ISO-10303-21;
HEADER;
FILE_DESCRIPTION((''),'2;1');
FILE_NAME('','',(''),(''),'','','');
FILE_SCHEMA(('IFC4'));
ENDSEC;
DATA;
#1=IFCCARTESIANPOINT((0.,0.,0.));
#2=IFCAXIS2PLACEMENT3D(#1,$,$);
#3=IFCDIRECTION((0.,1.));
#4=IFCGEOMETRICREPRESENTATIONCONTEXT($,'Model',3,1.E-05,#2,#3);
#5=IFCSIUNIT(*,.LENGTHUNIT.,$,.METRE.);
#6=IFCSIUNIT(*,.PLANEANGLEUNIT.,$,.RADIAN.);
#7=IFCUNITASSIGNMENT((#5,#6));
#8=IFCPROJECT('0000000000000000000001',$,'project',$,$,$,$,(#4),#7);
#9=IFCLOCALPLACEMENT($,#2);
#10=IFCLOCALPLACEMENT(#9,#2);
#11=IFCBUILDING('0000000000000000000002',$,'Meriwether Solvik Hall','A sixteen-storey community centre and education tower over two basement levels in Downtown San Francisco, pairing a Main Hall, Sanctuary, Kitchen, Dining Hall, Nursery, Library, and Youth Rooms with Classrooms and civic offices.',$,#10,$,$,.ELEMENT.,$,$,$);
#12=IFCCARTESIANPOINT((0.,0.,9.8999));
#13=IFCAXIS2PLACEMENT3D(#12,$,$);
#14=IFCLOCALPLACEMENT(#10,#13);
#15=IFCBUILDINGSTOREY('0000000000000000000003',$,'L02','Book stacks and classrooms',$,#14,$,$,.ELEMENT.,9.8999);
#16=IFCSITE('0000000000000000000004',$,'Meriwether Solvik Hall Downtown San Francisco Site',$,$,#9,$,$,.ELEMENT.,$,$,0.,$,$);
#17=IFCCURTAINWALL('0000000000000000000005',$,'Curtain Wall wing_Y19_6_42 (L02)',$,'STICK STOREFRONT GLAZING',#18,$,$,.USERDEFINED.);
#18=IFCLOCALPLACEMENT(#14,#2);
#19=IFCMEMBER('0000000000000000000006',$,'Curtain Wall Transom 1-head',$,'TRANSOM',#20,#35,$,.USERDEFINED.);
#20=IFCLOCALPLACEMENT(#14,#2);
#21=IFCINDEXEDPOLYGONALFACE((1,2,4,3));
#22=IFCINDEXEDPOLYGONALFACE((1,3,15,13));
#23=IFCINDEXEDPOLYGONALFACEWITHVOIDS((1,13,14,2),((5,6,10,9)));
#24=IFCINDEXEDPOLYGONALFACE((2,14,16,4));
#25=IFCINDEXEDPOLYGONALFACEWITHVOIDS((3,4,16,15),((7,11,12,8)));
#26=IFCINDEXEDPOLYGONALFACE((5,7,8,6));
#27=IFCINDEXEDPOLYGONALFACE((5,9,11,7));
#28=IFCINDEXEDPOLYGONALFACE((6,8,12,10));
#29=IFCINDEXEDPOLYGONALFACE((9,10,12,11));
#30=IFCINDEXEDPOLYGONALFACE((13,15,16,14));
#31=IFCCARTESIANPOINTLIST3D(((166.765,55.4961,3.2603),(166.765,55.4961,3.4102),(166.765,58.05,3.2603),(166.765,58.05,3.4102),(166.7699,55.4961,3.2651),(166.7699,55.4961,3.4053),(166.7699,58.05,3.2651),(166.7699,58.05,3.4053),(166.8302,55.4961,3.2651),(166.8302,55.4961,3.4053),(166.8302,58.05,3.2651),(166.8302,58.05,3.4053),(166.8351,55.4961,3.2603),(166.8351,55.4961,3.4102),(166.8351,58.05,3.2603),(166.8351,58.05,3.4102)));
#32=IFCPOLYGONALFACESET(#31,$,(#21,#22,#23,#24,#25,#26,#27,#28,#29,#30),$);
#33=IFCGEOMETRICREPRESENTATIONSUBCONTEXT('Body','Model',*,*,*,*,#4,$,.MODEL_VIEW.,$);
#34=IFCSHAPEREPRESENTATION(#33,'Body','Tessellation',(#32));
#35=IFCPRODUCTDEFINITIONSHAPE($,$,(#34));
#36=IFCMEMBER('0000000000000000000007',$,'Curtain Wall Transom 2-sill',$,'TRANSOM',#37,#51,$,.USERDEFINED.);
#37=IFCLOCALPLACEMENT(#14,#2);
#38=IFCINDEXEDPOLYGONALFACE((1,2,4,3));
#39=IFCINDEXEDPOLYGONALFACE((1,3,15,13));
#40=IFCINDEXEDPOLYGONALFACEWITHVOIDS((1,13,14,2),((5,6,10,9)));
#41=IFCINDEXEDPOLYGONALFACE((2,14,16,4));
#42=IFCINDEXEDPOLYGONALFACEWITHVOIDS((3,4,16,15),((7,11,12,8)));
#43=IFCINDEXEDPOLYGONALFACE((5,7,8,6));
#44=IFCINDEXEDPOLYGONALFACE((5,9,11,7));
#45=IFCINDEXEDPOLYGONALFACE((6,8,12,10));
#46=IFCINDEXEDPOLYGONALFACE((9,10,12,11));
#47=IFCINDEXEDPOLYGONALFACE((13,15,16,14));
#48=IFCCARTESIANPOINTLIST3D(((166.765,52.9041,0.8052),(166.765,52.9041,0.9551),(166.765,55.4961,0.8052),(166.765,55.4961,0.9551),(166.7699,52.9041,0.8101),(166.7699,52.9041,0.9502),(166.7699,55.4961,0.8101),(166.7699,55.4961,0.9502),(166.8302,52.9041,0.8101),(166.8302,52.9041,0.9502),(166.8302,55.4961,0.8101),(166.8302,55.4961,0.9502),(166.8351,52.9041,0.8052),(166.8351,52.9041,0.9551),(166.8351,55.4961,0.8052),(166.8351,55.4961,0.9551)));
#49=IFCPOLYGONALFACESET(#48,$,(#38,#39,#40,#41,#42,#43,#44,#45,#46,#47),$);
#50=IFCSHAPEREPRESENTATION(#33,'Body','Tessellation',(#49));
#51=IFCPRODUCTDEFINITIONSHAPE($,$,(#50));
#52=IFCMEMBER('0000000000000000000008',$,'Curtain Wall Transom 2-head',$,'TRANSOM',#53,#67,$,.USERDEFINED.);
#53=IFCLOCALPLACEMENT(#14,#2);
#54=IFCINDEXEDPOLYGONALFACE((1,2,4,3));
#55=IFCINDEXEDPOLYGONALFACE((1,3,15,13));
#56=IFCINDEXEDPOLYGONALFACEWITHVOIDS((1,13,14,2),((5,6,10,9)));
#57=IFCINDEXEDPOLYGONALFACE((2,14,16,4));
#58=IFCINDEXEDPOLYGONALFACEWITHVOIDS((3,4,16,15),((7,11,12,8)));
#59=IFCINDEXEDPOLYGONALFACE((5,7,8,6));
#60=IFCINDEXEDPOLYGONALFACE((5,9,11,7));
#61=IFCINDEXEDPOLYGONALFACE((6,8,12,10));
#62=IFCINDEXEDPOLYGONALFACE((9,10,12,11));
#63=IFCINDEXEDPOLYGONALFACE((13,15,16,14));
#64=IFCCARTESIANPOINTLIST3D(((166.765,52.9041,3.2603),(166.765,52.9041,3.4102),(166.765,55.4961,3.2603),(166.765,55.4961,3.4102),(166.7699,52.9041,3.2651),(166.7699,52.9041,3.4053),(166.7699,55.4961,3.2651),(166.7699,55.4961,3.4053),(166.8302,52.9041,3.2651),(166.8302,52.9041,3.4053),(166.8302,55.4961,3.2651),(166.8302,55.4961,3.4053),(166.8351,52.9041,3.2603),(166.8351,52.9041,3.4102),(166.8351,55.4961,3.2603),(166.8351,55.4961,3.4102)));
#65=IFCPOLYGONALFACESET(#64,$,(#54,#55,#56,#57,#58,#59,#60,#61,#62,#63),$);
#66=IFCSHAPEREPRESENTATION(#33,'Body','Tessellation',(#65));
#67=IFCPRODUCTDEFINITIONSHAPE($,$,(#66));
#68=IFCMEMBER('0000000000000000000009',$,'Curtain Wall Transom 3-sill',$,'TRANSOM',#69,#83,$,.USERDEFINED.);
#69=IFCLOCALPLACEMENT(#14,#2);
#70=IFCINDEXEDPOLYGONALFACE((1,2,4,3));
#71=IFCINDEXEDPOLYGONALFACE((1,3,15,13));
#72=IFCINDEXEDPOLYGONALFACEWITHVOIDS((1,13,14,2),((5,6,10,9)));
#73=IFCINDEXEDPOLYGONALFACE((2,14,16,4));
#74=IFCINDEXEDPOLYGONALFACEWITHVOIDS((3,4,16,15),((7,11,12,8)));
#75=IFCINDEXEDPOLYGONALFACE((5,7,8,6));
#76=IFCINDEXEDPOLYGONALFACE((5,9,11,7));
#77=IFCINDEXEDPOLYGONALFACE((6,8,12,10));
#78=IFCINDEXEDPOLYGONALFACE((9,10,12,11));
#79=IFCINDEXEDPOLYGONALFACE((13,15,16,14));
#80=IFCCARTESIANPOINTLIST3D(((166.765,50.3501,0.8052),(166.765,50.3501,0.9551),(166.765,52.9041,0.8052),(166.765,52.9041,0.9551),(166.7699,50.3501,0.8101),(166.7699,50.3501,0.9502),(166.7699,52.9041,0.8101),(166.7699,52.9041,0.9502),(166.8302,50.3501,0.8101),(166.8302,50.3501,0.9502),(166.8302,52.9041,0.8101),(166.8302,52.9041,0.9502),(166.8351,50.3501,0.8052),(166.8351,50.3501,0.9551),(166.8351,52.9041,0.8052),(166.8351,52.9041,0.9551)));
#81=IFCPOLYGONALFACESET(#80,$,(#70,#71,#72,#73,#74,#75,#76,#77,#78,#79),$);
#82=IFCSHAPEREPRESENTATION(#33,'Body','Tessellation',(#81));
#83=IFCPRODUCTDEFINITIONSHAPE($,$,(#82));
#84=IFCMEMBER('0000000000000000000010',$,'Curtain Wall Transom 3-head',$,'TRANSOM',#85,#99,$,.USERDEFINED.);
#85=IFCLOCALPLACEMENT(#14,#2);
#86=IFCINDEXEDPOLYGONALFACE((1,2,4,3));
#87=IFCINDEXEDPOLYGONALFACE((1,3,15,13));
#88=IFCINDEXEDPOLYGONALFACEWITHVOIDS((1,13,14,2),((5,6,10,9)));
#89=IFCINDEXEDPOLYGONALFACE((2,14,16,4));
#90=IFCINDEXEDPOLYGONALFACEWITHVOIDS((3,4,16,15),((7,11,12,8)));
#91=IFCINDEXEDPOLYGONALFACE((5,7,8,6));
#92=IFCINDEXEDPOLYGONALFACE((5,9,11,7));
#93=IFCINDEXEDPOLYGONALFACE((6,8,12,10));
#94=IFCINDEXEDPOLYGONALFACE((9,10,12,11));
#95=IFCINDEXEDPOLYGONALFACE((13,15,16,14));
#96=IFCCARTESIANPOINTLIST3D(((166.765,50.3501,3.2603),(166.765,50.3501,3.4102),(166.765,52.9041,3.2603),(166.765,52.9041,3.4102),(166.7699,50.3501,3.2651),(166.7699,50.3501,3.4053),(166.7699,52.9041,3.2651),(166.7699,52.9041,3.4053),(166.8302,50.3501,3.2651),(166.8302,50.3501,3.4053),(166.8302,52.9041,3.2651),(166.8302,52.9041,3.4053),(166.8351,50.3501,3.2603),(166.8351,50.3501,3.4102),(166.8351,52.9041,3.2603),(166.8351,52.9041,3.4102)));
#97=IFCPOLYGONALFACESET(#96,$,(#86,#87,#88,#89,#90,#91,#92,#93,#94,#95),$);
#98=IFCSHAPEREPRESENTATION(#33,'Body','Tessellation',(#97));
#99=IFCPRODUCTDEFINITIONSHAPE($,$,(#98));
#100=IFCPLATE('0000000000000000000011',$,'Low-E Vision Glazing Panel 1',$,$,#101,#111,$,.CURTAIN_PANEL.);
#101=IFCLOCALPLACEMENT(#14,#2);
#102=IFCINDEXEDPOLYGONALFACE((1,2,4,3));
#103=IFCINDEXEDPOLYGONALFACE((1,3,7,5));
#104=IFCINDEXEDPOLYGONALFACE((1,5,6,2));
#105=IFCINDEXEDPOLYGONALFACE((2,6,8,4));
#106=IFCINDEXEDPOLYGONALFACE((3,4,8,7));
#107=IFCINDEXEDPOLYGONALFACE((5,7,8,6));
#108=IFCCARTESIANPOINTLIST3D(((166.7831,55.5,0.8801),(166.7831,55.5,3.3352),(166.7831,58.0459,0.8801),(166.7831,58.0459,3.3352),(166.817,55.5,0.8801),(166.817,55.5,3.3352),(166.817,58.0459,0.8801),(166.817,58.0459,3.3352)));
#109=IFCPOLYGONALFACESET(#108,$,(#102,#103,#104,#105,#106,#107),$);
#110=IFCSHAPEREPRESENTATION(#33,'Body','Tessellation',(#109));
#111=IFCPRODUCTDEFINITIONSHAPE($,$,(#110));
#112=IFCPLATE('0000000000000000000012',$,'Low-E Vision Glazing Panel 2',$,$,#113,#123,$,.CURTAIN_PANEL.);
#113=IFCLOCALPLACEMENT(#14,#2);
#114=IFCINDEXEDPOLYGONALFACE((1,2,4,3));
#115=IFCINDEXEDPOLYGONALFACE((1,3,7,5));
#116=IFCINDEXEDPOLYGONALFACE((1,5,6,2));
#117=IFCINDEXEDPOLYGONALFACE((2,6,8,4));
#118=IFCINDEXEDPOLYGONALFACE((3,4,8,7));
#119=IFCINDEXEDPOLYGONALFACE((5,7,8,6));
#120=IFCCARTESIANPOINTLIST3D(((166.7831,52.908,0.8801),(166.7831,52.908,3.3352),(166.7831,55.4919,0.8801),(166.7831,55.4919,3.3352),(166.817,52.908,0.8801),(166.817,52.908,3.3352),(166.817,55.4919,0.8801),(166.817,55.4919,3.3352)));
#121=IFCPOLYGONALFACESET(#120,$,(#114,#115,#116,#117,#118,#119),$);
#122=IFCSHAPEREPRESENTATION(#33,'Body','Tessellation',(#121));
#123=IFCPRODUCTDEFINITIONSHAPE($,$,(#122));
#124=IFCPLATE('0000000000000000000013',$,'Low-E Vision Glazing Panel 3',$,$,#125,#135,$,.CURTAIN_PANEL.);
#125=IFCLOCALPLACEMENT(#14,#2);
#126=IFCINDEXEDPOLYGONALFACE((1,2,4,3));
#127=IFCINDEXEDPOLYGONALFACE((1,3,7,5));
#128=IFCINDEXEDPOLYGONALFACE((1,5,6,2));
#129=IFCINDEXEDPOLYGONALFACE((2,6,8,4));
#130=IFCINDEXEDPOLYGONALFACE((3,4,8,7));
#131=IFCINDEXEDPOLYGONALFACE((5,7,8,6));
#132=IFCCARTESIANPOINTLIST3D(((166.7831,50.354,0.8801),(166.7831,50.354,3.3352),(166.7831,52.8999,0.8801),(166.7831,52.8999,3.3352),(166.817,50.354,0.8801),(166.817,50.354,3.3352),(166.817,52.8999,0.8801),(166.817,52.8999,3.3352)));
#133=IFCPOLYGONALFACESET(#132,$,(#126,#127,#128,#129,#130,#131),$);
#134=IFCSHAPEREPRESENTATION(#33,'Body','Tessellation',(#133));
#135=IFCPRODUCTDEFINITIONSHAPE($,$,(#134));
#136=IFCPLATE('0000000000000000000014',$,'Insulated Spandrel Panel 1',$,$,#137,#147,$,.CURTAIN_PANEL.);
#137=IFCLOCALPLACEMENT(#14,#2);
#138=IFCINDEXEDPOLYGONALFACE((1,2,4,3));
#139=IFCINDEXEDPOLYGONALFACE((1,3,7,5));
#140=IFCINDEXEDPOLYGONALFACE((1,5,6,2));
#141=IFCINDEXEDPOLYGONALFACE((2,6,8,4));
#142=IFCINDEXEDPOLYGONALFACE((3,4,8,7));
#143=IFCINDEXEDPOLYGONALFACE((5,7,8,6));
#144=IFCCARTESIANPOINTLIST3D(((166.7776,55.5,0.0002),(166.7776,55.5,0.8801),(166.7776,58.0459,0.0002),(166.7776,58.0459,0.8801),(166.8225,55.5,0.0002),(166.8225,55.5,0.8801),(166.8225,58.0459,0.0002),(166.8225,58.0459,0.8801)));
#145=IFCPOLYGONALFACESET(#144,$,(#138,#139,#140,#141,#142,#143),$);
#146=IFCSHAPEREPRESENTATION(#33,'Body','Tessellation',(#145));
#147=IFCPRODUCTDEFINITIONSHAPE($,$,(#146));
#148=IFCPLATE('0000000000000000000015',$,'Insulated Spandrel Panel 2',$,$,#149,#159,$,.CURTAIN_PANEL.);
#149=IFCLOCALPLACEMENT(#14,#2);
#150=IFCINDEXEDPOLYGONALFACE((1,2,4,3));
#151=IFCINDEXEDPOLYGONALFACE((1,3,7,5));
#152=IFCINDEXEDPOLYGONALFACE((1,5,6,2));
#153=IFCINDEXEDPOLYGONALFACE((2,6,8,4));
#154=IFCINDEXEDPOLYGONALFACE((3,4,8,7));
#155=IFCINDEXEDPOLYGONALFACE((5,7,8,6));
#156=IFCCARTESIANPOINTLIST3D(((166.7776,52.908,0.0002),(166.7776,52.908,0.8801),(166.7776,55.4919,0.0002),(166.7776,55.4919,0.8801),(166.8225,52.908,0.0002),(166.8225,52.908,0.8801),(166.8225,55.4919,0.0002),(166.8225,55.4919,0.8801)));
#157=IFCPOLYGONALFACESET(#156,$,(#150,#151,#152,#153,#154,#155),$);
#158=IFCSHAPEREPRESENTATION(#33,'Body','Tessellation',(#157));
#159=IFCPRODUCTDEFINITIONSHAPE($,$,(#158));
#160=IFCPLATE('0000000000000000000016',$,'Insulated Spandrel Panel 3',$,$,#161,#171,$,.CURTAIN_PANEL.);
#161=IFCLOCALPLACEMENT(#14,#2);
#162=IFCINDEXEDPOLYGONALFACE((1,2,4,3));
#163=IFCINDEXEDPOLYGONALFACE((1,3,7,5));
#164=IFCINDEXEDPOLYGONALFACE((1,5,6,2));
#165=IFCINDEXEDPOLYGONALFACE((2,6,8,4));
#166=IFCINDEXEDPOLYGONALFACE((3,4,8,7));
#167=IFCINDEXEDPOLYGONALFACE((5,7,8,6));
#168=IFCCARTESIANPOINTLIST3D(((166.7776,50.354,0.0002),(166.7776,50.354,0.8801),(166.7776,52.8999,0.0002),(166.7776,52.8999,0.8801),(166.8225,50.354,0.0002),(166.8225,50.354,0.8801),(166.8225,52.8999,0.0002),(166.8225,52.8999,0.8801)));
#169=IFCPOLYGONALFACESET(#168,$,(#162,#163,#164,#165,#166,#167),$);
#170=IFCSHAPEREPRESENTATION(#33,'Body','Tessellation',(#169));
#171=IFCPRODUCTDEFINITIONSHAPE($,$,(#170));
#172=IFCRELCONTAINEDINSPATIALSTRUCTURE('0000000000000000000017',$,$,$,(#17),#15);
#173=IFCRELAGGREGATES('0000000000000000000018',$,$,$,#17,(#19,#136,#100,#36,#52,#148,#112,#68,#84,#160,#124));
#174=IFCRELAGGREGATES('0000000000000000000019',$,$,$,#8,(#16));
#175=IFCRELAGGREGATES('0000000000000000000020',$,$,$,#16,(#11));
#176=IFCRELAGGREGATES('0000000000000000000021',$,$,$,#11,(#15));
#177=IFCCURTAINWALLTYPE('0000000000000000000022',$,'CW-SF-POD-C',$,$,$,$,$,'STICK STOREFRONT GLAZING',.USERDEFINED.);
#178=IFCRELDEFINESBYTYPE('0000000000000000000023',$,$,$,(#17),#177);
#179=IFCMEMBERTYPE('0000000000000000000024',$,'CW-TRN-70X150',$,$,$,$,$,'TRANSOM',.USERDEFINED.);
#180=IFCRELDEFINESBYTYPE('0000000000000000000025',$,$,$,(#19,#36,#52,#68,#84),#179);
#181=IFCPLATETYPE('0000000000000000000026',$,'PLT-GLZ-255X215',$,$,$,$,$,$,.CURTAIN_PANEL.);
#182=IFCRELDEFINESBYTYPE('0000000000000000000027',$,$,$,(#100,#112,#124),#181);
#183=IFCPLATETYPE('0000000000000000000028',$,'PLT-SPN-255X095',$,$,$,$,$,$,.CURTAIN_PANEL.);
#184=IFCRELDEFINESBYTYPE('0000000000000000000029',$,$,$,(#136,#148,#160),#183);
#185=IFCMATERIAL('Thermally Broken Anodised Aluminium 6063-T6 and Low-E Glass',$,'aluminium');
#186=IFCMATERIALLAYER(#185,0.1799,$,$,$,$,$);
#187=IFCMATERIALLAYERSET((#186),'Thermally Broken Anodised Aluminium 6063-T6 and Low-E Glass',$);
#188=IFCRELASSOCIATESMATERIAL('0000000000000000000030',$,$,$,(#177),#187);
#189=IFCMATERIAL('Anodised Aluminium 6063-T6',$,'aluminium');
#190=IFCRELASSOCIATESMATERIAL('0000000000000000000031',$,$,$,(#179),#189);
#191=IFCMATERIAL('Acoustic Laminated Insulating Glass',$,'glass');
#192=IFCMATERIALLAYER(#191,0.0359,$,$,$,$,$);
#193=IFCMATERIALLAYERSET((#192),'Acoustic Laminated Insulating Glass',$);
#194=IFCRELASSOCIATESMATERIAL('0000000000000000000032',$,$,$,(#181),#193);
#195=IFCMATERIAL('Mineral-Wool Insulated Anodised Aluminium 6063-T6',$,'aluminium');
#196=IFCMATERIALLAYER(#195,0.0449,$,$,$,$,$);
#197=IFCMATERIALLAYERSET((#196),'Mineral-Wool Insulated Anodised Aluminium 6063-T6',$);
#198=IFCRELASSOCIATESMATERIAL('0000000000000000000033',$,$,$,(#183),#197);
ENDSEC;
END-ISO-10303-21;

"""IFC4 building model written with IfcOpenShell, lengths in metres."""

from ifc_helpers import new_model, si_unit, direction, frame, origin, origin_2d, place, context, subcontext, project, spatial, rectangle, hollow_rectangle, extrude, material, layer, layer_set, material_profile, profile_set, type_object, element, aggregate, save


model = new_model("IFC4")

# Units and contexts
model_context = context("Model", 3, precision=1e-05, world=origin(), true_north=direction((0.0, 1.0)))
body_context = subcontext(model_context, "Body", "Model", "MODEL_VIEW")
ifc_project = project(units=[si_unit("LENGTHUNIT", "METRE"), si_unit("PLANEANGLEUNIT", "RADIAN")], contexts=[model_context])

# Site, building, storey
site_placement = place(None, origin())
site = spatial("IfcSite", under=ifc_project, at=site_placement, Name="Meriwether Solvik Hall Downtown San Francisco Site", CompositionType="ELEMENT", RefElevation=0.0)
building_placement = place(site_placement, origin())
building = spatial("IfcBuilding", under=site, at=building_placement, Name="Meriwether Solvik Hall", Description="A sixteen-storey community centre and education tower over two basement levels in Downtown San Francisco, pairing a Main Hall, Sanctuary, Kitchen, Dining Hall, Nursery, Library, and Youth Rooms with Classrooms and civic offices.", CompositionType="ELEMENT")
storey_placement = place(building_placement, frame((0.0, 0.0, 9.8999)))
storey = spatial("IfcBuildingStorey", under=building, at=storey_placement, Name="L02", Description="Book stacks and classrooms", CompositionType="ELEMENT", Elevation=9.8999)

# Curtain wall, members, plates
ifc_material_1 = material(Name="Thermally Broken Anodised Aluminium 6063-T6 and Low-E Glass", Category="aluminium")
ifc_layer_1 = layer(ifc_material_1, 0.1799)
ifc_layer_set_1 = layer_set([ifc_layer_1], Name="Thermally Broken Anodised Aluminium 6063-T6 and Low-E Glass")
curtain_wall_type = type_object("IfcCurtainWallType", Name="CW-SF-POD-C", ElementType="STICK STOREFRONT GLAZING", PredefinedType="USERDEFINED", material=ifc_layer_set_1)
curtain_wall_placement = place(storey_placement, origin())
curtain_wall = element("IfcCurtainWall", 1, at=curtain_wall_placement, inside=storey, type_object=curtain_wall_type, Name="Curtain Wall wing_Y19_6_42 (L02)", ObjectType="STICK STOREFRONT GLAZING", PredefinedType="USERDEFINED")
ifc_material_2 = material(Name="Anodised Aluminium 6063-T6", Category="aluminium")
ifc_material_profile_1 = material_profile(ifc_material_2, hollow_rectangle(XDim=0.0701, YDim=0.1499, WallThickness=0.0049, at=origin_2d()), Name="CWT-70X150")
ifc_profile_set_1 = profile_set([ifc_material_profile_1], Name="Anodised Aluminium 6063-T6")
member_type_1 = type_object("IfcMemberType", Name="CW-TRN-70X150", ElementType="TRANSOM", PredefinedType="USERDEFINED", material=ifc_profile_set_1)
member_1_placement = place(storey_placement, frame((166.8, 58.05, 3.3352), z_axis=(0.0, -1.0, 0.0), x_axis=(1.0, 0.0, 0.0)))
member_1 = element("IfcMember", 2, at=member_1_placement, type_object=member_type_1, Name="Curtain Wall Transom 1-head", ObjectType="TRANSOM", PredefinedType="USERDEFINED", context=body_context, shape_type="SweptSolid", body=[
    extrude(hollow_rectangle(XDim=0.0701, YDim=0.1499, WallThickness=0.0049, at=origin_2d()), origin(), (0.0, 0.0, 1.0), 2.554),
])
member_2_placement = place(storey_placement, frame((166.8, 55.4961, 0.8801), z_axis=(0.0, -1.0, 0.0), x_axis=(1.0, 0.0, 0.0)))
member_2 = element("IfcMember", 3, at=member_2_placement, type_object=member_type_1, Name="Curtain Wall Transom 2-sill", ObjectType="TRANSOM", PredefinedType="USERDEFINED", context=body_context, shape_type="SweptSolid", body=[
    extrude(hollow_rectangle(XDim=0.0701, YDim=0.1499, WallThickness=0.0049, at=origin_2d()), origin(), (0.0, 0.0, 1.0), 2.592),
])
member_3_placement = place(storey_placement, frame((166.8, 55.4961, 3.3352), z_axis=(0.0, -1.0, 0.0), x_axis=(1.0, 0.0, 0.0)))
member_3 = element("IfcMember", 4, at=member_3_placement, type_object=member_type_1, Name="Curtain Wall Transom 2-head", ObjectType="TRANSOM", PredefinedType="USERDEFINED", context=body_context, shape_type="SweptSolid", body=[
    extrude(hollow_rectangle(XDim=0.0701, YDim=0.1499, WallThickness=0.0049, at=origin_2d()), origin(), (0.0, 0.0, 1.0), 2.592),
])
member_4_placement = place(storey_placement, frame((166.8, 52.9041, 0.8801), z_axis=(0.0, -1.0, 0.0), x_axis=(1.0, 0.0, 0.0)))
member_4 = element("IfcMember", 5, at=member_4_placement, type_object=member_type_1, Name="Curtain Wall Transom 3-sill", ObjectType="TRANSOM", PredefinedType="USERDEFINED", context=body_context, shape_type="SweptSolid", body=[
    extrude(hollow_rectangle(XDim=0.0701, YDim=0.1499, WallThickness=0.0049, at=origin_2d()), origin(), (0.0, 0.0, 1.0), 2.554),
])
member_5_placement = place(storey_placement, frame((166.8, 52.9041, 3.3352), z_axis=(0.0, -1.0, 0.0), x_axis=(1.0, 0.0, 0.0)))
member_5 = element("IfcMember", 6, at=member_5_placement, type_object=member_type_1, Name="Curtain Wall Transom 3-head", ObjectType="TRANSOM", PredefinedType="USERDEFINED", context=body_context, shape_type="SweptSolid", body=[
    extrude(hollow_rectangle(XDim=0.0701, YDim=0.1499, WallThickness=0.0049, at=origin_2d()), origin(), (0.0, 0.0, 1.0), 2.554),
])
ifc_material_3 = material(Name="Acoustic Laminated Insulating Glass", Category="glass")
ifc_layer_2 = layer(ifc_material_3, 0.0359)
ifc_layer_set_2 = layer_set([ifc_layer_2], Name="Acoustic Laminated Insulating Glass")
plate_type_1 = type_object("IfcPlateType", Name="PLT-GLZ-255X215", PredefinedType="CURTAIN_PANEL", material=ifc_layer_set_2)
plate_1_placement = place(storey_placement, frame((166.8, 56.7729, 0.8801), z_axis=(0.0, 0.0, 1.0), x_axis=(0.0, -1.0, 0.0)))
plate_1 = element("IfcPlate", 7, at=plate_1_placement, type_object=plate_type_1, Name="Low-E Vision Glazing Panel 1", PredefinedType="CURTAIN_PANEL", context=body_context, shape_type="SweptSolid", body=[
    extrude(rectangle(XDim=2.5459, YDim=0.0339, at=origin_2d()), origin(), (0.0, 0.0, 1.0), 2.4551),
])
plate_2_placement = place(storey_placement, frame((166.8, 54.2, 0.8801), z_axis=(0.0, 0.0, 1.0), x_axis=(0.0, -1.0, 0.0)))
plate_2 = element("IfcPlate", 8, at=plate_2_placement, type_object=plate_type_1, Name="Low-E Vision Glazing Panel 2", PredefinedType="CURTAIN_PANEL", context=body_context, shape_type="SweptSolid", body=[
    extrude(rectangle(XDim=2.584, YDim=0.0339, at=origin_2d()), origin(), (0.0, 0.0, 1.0), 2.4551),
])
plate_3_placement = place(storey_placement, frame((166.8, 51.627, 0.8801), z_axis=(0.0, 0.0, 1.0), x_axis=(0.0, -1.0, 0.0)))
plate_3 = element("IfcPlate", 9, at=plate_3_placement, type_object=plate_type_1, Name="Low-E Vision Glazing Panel 3", PredefinedType="CURTAIN_PANEL", context=body_context, shape_type="SweptSolid", body=[
    extrude(rectangle(XDim=2.5459, YDim=0.0339, at=origin_2d()), origin(), (0.0, 0.0, 1.0), 2.4551),
])
ifc_material_4 = material(Name="Mineral-Wool Insulated Anodised Aluminium 6063-T6", Category="aluminium")
ifc_layer_3 = layer(ifc_material_4, 0.0449)
ifc_layer_set_3 = layer_set([ifc_layer_3], Name="Mineral-Wool Insulated Anodised Aluminium 6063-T6")
plate_type_2 = type_object("IfcPlateType", Name="PLT-SPN-255X095", PredefinedType="CURTAIN_PANEL", material=ifc_layer_set_3)
plate_4_placement = place(storey_placement, frame((166.8, 56.7729, 0.0002), z_axis=(0.0, 0.0, 1.0), x_axis=(0.0, -1.0, 0.0)))
plate_4 = element("IfcPlate", 10, at=plate_4_placement, type_object=plate_type_2, Name="Insulated Spandrel Panel 1", PredefinedType="CURTAIN_PANEL", context=body_context, shape_type="SweptSolid", body=[
    extrude(rectangle(XDim=2.5459, YDim=0.0449, at=origin_2d()), origin(), (0.0, 0.0, 1.0), 0.8799),
])
plate_5_placement = place(storey_placement, frame((166.8, 54.2, 0.0002), z_axis=(0.0, 0.0, 1.0), x_axis=(0.0, -1.0, 0.0)))
plate_5 = element("IfcPlate", 11, at=plate_5_placement, type_object=plate_type_2, Name="Insulated Spandrel Panel 2", PredefinedType="CURTAIN_PANEL", context=body_context, shape_type="SweptSolid", body=[
    extrude(rectangle(XDim=2.584, YDim=0.0449, at=origin_2d()), origin(), (0.0, 0.0, 1.0), 0.8799),
])
plate_6_placement = place(storey_placement, frame((166.8, 51.627, 0.0002), z_axis=(0.0, 0.0, 1.0), x_axis=(0.0, -1.0, 0.0)))
plate_6 = element("IfcPlate", 12, at=plate_6_placement, type_object=plate_type_2, Name="Insulated Spandrel Panel 3", PredefinedType="CURTAIN_PANEL", context=body_context, shape_type="SweptSolid", body=[
    extrude(rectangle(XDim=2.5459, YDim=0.0449, at=origin_2d()), origin(), (0.0, 0.0, 1.0), 0.8799),
])
aggregate(curtain_wall, [member_1, plate_4, plate_1, member_2, member_3, plate_5, plate_2, member_4, member_5, plate_6, plate_3])

save(model, "model.ifc")
